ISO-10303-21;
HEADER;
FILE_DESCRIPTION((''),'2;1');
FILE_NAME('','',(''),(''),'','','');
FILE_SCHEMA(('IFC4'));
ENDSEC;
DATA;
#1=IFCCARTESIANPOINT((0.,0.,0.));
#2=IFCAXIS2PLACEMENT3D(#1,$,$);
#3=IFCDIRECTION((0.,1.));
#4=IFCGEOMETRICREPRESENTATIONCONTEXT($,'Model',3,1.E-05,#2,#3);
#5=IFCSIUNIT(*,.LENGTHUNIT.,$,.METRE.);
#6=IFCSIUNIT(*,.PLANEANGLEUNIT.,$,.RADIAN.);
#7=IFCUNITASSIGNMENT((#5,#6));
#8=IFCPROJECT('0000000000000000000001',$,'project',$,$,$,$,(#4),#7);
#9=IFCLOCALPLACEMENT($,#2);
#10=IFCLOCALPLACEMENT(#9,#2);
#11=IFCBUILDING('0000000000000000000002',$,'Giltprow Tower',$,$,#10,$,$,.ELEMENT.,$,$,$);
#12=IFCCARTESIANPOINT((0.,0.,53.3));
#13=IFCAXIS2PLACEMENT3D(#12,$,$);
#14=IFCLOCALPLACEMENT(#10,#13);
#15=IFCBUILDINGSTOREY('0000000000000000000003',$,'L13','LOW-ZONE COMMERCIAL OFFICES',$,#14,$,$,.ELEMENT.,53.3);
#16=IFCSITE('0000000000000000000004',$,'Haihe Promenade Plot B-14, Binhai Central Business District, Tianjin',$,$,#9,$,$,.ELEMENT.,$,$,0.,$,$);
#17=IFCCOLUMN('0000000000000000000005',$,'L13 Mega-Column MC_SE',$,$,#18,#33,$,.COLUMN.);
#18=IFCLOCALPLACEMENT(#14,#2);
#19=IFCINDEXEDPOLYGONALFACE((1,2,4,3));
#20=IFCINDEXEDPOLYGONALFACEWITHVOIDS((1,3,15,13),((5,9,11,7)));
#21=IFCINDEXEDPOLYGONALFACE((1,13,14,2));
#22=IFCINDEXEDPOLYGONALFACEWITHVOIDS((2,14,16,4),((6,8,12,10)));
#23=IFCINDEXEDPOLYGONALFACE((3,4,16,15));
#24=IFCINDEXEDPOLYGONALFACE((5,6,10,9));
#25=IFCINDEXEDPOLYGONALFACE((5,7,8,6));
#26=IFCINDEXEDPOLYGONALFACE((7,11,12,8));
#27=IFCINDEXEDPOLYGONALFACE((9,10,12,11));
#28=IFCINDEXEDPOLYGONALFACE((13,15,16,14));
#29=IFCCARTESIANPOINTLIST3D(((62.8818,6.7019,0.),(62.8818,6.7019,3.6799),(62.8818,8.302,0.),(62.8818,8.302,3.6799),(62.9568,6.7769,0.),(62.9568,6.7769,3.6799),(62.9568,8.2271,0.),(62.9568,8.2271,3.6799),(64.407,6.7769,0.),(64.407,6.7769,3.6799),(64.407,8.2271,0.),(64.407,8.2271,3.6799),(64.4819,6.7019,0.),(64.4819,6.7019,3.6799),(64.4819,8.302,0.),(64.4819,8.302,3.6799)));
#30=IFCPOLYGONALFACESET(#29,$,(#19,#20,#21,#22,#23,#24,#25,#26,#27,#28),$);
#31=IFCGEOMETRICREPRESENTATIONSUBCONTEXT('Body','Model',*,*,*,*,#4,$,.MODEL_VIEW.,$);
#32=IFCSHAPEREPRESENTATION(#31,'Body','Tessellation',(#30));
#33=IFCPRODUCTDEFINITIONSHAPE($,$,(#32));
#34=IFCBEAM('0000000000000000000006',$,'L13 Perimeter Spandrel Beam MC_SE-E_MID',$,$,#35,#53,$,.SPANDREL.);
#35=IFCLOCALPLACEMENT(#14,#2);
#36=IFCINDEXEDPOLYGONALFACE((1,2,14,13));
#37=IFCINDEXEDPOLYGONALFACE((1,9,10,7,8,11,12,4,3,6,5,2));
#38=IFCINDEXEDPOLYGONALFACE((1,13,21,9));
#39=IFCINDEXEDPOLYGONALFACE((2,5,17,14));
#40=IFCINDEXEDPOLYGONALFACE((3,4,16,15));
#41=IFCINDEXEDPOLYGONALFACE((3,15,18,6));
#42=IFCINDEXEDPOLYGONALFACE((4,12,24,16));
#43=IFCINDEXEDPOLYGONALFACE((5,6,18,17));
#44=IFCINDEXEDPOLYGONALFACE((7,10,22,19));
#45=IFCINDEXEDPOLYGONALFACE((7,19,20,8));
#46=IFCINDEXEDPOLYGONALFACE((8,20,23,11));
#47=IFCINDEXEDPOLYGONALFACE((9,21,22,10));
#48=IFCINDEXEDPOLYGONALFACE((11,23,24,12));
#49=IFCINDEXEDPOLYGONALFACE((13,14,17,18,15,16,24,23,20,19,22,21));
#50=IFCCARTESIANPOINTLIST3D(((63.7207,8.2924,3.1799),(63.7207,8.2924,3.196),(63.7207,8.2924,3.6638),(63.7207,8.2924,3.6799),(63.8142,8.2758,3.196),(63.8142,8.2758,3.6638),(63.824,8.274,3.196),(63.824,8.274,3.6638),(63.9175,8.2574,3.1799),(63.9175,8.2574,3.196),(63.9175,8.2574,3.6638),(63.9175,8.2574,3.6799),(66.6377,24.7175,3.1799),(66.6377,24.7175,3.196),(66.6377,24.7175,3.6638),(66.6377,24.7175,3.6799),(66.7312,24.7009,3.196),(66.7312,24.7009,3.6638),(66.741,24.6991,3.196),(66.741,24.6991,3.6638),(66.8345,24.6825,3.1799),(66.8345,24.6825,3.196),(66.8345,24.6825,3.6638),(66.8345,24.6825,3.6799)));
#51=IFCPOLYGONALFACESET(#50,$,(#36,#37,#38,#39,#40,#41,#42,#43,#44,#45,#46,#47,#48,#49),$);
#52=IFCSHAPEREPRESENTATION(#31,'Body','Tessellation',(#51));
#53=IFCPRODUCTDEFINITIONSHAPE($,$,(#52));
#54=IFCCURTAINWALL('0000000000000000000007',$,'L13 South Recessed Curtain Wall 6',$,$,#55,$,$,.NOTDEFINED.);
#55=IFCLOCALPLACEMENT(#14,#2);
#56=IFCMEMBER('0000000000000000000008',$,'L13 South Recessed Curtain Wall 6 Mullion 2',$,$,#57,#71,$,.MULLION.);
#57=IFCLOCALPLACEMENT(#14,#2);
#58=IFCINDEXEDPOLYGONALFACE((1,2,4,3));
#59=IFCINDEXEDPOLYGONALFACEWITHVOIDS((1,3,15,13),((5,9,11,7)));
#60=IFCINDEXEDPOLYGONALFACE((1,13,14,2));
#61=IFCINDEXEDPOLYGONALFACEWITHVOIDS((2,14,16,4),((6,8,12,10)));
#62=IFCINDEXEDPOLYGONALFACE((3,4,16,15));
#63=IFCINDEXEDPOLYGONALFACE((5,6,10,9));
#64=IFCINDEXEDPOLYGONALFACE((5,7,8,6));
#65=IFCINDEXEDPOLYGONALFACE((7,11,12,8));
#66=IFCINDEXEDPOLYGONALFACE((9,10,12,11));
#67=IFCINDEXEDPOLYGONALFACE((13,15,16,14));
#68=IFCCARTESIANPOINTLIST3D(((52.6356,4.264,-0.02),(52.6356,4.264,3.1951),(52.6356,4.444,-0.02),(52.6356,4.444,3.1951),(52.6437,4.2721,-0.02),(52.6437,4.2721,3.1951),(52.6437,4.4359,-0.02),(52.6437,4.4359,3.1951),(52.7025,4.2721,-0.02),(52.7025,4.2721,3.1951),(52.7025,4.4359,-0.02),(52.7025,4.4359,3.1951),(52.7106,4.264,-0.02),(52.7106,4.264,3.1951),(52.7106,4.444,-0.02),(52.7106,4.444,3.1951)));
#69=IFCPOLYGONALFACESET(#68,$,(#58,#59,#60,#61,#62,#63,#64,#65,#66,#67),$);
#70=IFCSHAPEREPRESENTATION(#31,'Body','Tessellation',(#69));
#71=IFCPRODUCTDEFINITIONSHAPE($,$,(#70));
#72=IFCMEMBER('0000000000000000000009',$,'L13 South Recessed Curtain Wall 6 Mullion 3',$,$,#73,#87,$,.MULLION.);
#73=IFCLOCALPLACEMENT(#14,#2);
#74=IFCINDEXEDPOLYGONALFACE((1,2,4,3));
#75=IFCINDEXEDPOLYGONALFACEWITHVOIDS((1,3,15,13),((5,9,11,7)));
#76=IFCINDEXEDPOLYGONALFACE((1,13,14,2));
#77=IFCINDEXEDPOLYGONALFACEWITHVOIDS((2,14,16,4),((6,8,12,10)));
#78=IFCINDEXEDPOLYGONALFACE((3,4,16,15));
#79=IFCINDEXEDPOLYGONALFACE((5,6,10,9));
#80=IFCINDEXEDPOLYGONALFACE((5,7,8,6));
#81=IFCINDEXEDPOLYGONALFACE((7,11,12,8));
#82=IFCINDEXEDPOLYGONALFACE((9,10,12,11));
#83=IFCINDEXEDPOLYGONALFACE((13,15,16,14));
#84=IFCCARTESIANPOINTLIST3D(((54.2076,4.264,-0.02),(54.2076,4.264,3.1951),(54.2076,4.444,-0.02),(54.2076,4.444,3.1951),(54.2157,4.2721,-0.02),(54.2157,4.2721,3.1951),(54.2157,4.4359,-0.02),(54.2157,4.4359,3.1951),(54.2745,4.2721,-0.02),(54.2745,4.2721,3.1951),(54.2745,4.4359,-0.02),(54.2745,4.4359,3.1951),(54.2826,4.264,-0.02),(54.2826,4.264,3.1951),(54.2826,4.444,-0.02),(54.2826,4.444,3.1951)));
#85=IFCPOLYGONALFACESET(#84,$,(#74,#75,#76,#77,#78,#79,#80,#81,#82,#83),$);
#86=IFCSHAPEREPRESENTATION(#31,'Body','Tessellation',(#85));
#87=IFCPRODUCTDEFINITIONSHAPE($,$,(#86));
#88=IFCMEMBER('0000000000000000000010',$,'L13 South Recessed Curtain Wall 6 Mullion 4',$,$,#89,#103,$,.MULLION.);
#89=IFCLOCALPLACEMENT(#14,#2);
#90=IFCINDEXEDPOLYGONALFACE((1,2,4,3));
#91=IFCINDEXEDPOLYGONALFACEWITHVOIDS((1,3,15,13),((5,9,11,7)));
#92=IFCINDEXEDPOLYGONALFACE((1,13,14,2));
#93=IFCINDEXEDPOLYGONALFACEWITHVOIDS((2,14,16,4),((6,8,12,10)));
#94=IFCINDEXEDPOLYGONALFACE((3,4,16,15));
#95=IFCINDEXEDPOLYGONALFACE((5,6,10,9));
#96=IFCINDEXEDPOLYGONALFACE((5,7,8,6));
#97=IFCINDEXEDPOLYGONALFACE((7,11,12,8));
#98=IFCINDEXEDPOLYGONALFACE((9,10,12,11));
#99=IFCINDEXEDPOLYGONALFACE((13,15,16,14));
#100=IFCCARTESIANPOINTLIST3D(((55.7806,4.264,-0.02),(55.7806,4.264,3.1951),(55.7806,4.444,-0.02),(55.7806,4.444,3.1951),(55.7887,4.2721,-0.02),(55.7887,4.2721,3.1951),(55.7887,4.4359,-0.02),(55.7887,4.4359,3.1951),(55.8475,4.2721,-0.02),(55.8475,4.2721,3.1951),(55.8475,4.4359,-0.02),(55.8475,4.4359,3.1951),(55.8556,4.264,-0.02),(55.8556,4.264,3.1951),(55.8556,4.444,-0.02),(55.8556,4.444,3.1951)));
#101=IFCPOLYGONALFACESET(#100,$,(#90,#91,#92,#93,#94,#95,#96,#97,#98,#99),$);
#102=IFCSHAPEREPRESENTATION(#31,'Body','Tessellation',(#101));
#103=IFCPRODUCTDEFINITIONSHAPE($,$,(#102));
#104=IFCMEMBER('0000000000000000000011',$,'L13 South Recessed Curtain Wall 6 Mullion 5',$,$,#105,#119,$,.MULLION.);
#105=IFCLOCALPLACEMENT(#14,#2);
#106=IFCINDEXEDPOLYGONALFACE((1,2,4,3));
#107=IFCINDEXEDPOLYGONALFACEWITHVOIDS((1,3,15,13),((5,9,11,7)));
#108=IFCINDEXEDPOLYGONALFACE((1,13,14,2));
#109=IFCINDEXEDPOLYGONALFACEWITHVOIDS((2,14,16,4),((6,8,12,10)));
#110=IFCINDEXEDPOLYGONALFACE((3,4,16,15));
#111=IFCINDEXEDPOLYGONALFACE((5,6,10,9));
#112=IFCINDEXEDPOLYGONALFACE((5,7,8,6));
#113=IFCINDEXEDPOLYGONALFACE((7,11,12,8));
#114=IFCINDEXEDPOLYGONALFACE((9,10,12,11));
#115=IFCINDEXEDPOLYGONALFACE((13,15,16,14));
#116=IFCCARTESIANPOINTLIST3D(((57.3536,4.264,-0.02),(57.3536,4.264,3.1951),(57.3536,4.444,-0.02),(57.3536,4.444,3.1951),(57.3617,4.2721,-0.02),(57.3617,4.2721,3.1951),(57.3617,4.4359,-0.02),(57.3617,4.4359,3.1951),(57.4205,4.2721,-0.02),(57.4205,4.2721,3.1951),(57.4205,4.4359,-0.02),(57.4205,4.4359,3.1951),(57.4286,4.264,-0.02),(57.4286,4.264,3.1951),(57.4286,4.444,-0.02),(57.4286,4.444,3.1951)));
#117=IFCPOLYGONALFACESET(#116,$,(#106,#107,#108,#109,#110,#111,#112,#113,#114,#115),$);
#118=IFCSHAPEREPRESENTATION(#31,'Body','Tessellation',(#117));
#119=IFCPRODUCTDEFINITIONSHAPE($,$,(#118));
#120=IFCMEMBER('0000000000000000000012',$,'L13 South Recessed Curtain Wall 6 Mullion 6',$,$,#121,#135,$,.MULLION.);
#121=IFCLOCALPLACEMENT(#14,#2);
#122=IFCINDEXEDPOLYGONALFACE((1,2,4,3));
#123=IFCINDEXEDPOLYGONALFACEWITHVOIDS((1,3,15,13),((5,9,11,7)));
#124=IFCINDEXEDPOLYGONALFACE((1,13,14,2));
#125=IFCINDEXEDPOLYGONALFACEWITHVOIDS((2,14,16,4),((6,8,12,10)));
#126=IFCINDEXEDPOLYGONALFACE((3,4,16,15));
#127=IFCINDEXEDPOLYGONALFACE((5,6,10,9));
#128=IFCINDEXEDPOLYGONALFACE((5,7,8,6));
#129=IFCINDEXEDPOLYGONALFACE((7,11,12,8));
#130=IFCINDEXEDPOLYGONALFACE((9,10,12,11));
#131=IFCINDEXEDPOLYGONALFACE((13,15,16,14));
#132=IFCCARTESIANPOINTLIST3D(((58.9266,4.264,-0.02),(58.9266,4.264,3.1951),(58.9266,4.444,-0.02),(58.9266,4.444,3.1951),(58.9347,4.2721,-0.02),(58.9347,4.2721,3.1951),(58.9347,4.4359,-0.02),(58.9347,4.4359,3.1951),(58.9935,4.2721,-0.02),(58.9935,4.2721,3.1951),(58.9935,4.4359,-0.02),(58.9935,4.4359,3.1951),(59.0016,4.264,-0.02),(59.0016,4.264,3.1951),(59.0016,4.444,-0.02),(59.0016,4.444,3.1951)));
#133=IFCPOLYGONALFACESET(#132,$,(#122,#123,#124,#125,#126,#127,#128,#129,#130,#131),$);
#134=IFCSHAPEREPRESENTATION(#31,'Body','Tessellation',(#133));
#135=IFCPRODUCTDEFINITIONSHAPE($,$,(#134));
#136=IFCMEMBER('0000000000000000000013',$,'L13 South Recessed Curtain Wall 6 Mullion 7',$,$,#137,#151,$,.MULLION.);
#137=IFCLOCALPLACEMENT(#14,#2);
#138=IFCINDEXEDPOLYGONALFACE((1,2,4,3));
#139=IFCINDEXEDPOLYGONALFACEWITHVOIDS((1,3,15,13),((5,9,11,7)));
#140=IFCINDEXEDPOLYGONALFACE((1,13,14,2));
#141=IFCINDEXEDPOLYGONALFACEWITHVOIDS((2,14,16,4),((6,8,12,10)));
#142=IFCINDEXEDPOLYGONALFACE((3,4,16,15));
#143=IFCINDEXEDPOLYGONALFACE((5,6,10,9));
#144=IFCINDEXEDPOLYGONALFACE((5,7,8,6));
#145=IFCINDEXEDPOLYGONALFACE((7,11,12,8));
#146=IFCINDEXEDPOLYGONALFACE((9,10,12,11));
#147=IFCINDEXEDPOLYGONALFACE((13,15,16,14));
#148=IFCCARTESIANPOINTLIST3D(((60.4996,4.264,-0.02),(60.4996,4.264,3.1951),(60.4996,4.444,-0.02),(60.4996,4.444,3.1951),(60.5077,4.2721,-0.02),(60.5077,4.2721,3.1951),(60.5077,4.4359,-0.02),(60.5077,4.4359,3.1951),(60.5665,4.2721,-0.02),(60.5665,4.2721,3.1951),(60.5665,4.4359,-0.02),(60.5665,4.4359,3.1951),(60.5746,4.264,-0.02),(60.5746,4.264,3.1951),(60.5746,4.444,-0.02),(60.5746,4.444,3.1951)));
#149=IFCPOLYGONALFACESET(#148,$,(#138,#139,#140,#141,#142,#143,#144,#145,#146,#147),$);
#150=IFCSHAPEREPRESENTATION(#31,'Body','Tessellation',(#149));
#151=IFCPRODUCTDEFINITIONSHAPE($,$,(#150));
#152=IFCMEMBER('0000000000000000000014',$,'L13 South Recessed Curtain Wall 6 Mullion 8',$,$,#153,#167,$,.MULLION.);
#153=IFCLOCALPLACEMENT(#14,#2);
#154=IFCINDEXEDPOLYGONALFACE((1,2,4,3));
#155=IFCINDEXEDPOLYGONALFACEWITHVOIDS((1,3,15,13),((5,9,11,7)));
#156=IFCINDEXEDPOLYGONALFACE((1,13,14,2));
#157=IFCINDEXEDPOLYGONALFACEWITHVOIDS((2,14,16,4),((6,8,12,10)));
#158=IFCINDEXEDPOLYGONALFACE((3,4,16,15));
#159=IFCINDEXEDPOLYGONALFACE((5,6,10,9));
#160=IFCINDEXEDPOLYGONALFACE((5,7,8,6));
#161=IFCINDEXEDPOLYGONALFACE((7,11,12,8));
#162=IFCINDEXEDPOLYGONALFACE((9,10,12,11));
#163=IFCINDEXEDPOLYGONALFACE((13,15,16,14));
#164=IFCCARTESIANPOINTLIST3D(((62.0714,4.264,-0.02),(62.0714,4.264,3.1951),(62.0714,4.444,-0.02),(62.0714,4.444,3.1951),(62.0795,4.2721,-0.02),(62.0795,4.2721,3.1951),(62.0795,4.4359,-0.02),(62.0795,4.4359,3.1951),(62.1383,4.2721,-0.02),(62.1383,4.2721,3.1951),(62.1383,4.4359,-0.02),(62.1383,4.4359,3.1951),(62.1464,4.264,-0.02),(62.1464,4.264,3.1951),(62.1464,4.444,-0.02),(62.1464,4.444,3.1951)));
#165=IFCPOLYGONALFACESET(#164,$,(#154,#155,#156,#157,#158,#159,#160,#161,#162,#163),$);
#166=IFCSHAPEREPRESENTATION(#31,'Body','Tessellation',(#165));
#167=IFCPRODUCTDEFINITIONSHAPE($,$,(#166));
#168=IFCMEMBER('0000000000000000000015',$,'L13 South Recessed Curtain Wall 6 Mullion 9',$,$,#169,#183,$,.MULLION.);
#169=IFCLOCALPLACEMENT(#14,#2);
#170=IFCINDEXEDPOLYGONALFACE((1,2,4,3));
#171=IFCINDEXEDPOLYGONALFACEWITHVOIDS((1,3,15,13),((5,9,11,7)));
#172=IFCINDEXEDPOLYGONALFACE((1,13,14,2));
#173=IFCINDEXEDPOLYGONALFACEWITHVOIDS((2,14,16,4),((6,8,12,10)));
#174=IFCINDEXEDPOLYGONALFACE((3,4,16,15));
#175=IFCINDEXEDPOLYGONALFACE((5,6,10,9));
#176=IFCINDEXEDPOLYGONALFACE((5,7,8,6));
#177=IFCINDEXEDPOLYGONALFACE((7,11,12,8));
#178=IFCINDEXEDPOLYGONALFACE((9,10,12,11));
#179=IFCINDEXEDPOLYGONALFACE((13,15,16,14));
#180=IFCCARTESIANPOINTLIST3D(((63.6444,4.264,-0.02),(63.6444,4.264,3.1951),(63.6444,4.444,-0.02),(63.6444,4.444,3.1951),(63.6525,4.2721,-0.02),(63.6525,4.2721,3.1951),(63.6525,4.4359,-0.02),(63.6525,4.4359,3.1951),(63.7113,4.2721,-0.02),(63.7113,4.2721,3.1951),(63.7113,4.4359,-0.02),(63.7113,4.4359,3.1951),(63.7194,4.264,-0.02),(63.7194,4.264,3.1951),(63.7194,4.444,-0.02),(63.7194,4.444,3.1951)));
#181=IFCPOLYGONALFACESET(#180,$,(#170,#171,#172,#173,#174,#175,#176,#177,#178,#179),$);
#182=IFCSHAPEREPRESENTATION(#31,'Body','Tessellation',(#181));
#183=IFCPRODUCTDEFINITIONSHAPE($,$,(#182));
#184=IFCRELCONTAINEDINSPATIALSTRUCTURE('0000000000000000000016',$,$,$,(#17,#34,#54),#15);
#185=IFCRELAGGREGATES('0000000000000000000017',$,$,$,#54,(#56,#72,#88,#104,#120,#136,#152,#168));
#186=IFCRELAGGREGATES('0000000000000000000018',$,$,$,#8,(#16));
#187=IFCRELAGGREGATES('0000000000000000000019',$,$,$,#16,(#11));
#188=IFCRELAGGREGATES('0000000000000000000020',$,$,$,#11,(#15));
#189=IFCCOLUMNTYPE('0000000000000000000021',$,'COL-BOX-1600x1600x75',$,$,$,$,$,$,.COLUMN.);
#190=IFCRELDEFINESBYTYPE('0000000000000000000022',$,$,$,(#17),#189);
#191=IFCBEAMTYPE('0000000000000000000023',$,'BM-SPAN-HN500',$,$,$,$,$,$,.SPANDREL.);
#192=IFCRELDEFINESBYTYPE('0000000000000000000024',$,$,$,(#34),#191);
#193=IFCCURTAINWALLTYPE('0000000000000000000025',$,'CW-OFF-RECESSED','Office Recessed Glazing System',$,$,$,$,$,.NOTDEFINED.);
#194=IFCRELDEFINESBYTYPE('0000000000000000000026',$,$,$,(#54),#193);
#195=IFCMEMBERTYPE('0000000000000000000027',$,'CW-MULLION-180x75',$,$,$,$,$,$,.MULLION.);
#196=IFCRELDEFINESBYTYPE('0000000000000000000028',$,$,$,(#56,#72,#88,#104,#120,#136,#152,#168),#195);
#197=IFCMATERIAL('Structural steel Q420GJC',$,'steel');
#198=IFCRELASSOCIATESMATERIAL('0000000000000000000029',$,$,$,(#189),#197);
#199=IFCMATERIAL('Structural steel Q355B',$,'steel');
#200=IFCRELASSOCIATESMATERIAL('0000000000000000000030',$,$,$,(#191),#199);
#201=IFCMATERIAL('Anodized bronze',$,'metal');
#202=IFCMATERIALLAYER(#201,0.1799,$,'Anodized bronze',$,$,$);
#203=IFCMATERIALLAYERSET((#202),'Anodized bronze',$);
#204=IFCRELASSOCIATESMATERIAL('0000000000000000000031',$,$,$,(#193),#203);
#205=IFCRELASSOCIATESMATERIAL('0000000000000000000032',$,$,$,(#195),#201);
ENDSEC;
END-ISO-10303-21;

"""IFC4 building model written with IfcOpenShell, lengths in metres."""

from ifc_helpers import new_model, si_unit, direction, frame, origin, origin_2d, place, context, subcontext, project, spatial, hollow_rectangle, i_section, extrude, source, transform, mapped, material, layer, layer_set, material_profile, profile_set, type_object, element, aggregate, save


model = new_model("IFC4")

# Units and contexts
model_context = context("Model", 3, precision=1e-05, world=origin(), true_north=direction((0.0, 1.0)))
body_context = subcontext(model_context, "Body", "Model", "MODEL_VIEW")
ifc_project = project(units=[si_unit("LENGTHUNIT", "METRE"), si_unit("PLANEANGLEUNIT", "RADIAN")], contexts=[model_context])

# Site, building, storey
site_placement = place(None, origin())
site = spatial("IfcSite", under=ifc_project, at=site_placement, Name="Haihe Promenade Plot B-14, Binhai Central Business District, Tianjin", CompositionType="ELEMENT", RefElevation=0.0)
building_placement = place(site_placement, origin())
building = spatial("IfcBuilding", under=site, at=building_placement, Name="Giltprow Tower", CompositionType="ELEMENT")
storey_placement = place(building_placement, frame((0.0, 0.0, 53.3)))
storey = spatial("IfcBuildingStorey", under=building, at=storey_placement, Name="L13", Description="LOW-ZONE COMMERCIAL OFFICES", CompositionType="ELEMENT", Elevation=53.3)

# Column
ifc_material_1 = material(Name="Structural steel Q420GJC", Category="steel")
ifc_material_profile_1 = material_profile(ifc_material_1, hollow_rectangle(XDim=1.6001, YDim=1.6001, WallThickness=0.075, at=origin_2d()), Name="BOX 1600x1600x75")
ifc_profile_set_1 = profile_set([ifc_material_profile_1], Name="Structural steel Q420GJC")
column_type = type_object("IfcColumnType", Name="COL-BOX-1600x1600x75", PredefinedType="COLUMN", material=ifc_profile_set_1)
shared_shape_1 = source(origin(), body_context, "Body", "SweptSolid", [
    extrude(hollow_rectangle(XDim=1.6001, YDim=1.6001, WallThickness=0.075, at=origin_2d()), origin(), (0.0, 0.0, 1.0), 3.6799),
])
column_placement = place(storey_placement, frame((63.6819, 7.502, 0.0), z_axis=(0.0, 0.0, 1.0), x_axis=(1.0, 0.0, 0.0)))
element("IfcColumn", 1, at=column_placement, inside=storey, type_object=column_type, Name="L13 Mega-Column MC_SE", PredefinedType="COLUMN", context=body_context, shape_type="MappedRepresentation", body=[
    mapped(shared_shape_1, transform((0.0, 0.0, 0.0), x_axis=(1.0, 0.0, 0.0), y_axis=(0.0, 1.0, 0.0), z_axis=(0.0, 0.0, 1.0), scale=1.0)),
])

# Beam
ifc_material_2 = material(Name="Structural steel Q355B", Category="steel")
ifc_material_profile_2 = material_profile(ifc_material_2, i_section(OverallWidth=0.2, OverallDepth=0.5, WebThickness=0.01, FlangeThickness=0.0161, at=origin_2d()), Name="HN 500x200x10x16")
ifc_profile_set_2 = profile_set([ifc_material_profile_2], Name="Structural steel Q355B")
beam_type = type_object("IfcBeamType", Name="BM-SPAN-HN500", PredefinedType="SPANDREL", material=ifc_profile_set_2)
shared_shape_2 = source(origin(), body_context, "Body", "SweptSolid", [
    extrude(i_section(OverallWidth=0.2, OverallDepth=0.5, WebThickness=0.01, FlangeThickness=0.0161, at=origin_2d()), origin(), (0.0, 0.0, 1.0), 16.6821),
])
beam_placement = place(storey_placement, frame((63.8191, 8.2749, 3.4299), z_axis=(0.174858, 0.984594, 0.0), x_axis=(-0.984594, 0.174858, 0.0)))
element("IfcBeam", 2, at=beam_placement, inside=storey, type_object=beam_type, Name="L13 Perimeter Spandrel Beam MC_SE-E_MID", PredefinedType="SPANDREL", context=body_context, shape_type="MappedRepresentation", body=[
    mapped(shared_shape_2, transform((0.0, 0.0, 0.0), x_axis=(1.0, 0.0, 0.0), y_axis=(0.0, 1.0, 0.0), z_axis=(0.0, 0.0, 1.0), scale=1.0)),
])

# Curtain wall, members
ifc_material_3 = material(Name="Anodized bronze", Category="metal")
ifc_layer_1 = layer(ifc_material_3, 0.1799, Name="Anodized bronze")
ifc_layer_set_1 = layer_set([ifc_layer_1], Name="Anodized bronze")
curtain_wall_type = type_object("IfcCurtainWallType", Name="CW-OFF-RECESSED", Description="Office Recessed Glazing System", PredefinedType="NOTDEFINED", material=ifc_layer_set_1)
curtain_wall_placement = place(storey_placement, origin())
curtain_wall = element("IfcCurtainWall", 3, at=curtain_wall_placement, inside=storey, type_object=curtain_wall_type, Name="L13 South Recessed Curtain Wall 6", PredefinedType="NOTDEFINED")
ifc_material_profile_3 = material_profile(ifc_material_3, hollow_rectangle(XDim=0.075, YDim=0.1799, WallThickness=0.0081, at=origin_2d()), Name="RHS 180x75x8")
ifc_profile_set_3 = profile_set([ifc_material_profile_3], Name="Anodized bronze")
member_type = type_object("IfcMemberType", Name="CW-MULLION-180x75", PredefinedType="MULLION", material=ifc_profile_set_3)
shared_shape_3 = source(origin(), body_context, "Body", "SweptSolid", [
    extrude(hollow_rectangle(XDim=0.075, YDim=0.1799, WallThickness=0.0081, at=origin_2d()), origin(), (0.0, 0.0, 1.0), 3.2151),
])
member_1_placement = place(storey_placement, frame((52.6731, 4.354, -0.02), z_axis=(0.0, 0.0, 1.0), x_axis=(1.0, 0.0, 0.0)))
member_1 = element("IfcMember", 4, at=member_1_placement, type_object=member_type, Name="L13 South Recessed Curtain Wall 6 Mullion 2", PredefinedType="MULLION", context=body_context, shape_type="MappedRepresentation", body=[
    mapped(shared_shape_3, transform((0.0, 0.0, 0.0), x_axis=(1.0, 0.0, 0.0), y_axis=(0.0, 1.0, 0.0), z_axis=(0.0, 0.0, 1.0), scale=1.0)),
])
member_2_placement = place(storey_placement, frame((54.2451, 4.354, -0.02), z_axis=(0.0, 0.0, 1.0), x_axis=(1.0, 0.0, 0.0)))
member_2 = element("IfcMember", 5, at=member_2_placement, type_object=member_type, Name="L13 South Recessed Curtain Wall 6 Mullion 3", PredefinedType="MULLION", context=body_context, shape_type="MappedRepresentation", body=[
    mapped(shared_shape_3, transform((0.0, 0.0, 0.0), x_axis=(1.0, 0.0, 0.0), y_axis=(0.0, 1.0, 0.0), z_axis=(0.0, 0.0, 1.0), scale=1.0)),
])
member_3_placement = place(storey_placement, frame((55.8181, 4.354, -0.02), z_axis=(0.0, 0.0, 1.0), x_axis=(1.0, 0.0, 0.0)))
member_3 = element("IfcMember", 6, at=member_3_placement, type_object=member_type, Name="L13 South Recessed Curtain Wall 6 Mullion 4", PredefinedType="MULLION", context=body_context, shape_type="MappedRepresentation", body=[
    mapped(shared_shape_3, transform((0.0, 0.0, 0.0), x_axis=(1.0, 0.0, 0.0), y_axis=(0.0, 1.0, 0.0), z_axis=(0.0, 0.0, 1.0), scale=1.0)),
])
member_4_placement = place(storey_placement, frame((57.3911, 4.354, -0.02), z_axis=(0.0, 0.0, 1.0), x_axis=(1.0, 0.0, 0.0)))
member_4 = element("IfcMember", 7, at=member_4_placement, type_object=member_type, Name="L13 South Recessed Curtain Wall 6 Mullion 5", PredefinedType="MULLION", context=body_context, shape_type="MappedRepresentation", body=[
    mapped(shared_shape_3, transform((0.0, 0.0, 0.0), x_axis=(1.0, 0.0, 0.0), y_axis=(0.0, 1.0, 0.0), z_axis=(0.0, 0.0, 1.0), scale=1.0)),
])
member_5_placement = place(storey_placement, frame((58.9641, 4.354, -0.02), z_axis=(0.0, 0.0, 1.0), x_axis=(1.0, 0.0, 0.0)))
member_5 = element("IfcMember", 8, at=member_5_placement, type_object=member_type, Name="L13 South Recessed Curtain Wall 6 Mullion 6", PredefinedType="MULLION", context=body_context, shape_type="MappedRepresentation", body=[
    mapped(shared_shape_3, transform((0.0, 0.0, 0.0), x_axis=(1.0, 0.0, 0.0), y_axis=(0.0, 1.0, 0.0), z_axis=(0.0, 0.0, 1.0), scale=1.0)),
])
member_6_placement = place(storey_placement, frame((60.5371, 4.354, -0.02), z_axis=(0.0, 0.0, 1.0), x_axis=(1.0, 0.0, 0.0)))
member_6 = element("IfcMember", 9, at=member_6_placement, type_object=member_type, Name="L13 South Recessed Curtain Wall 6 Mullion 7", PredefinedType="MULLION", context=body_context, shape_type="MappedRepresentation", body=[
    mapped(shared_shape_3, transform((0.0, 0.0, 0.0), x_axis=(1.0, 0.0, 0.0), y_axis=(0.0, 1.0, 0.0), z_axis=(0.0, 0.0, 1.0), scale=1.0)),
])
member_7_placement = place(storey_placement, frame((62.1089, 4.354, -0.02), z_axis=(0.0, 0.0, 1.0), x_axis=(1.0, 0.0, 0.0)))
member_7 = element("IfcMember", 10, at=member_7_placement, type_object=member_type, Name="L13 South Recessed Curtain Wall 6 Mullion 8", PredefinedType="MULLION", context=body_context, shape_type="MappedRepresentation", body=[
    mapped(shared_shape_3, transform((0.0, 0.0, 0.0), x_axis=(1.0, 0.0, 0.0), y_axis=(0.0, 1.0, 0.0), z_axis=(0.0, 0.0, 1.0), scale=1.0)),
])
member_8_placement = place(storey_placement, frame((63.6819, 4.354, -0.02), z_axis=(0.0, 0.0, 1.0), x_axis=(1.0, 0.0, 0.0)))
member_8 = element("IfcMember", 11, at=member_8_placement, type_object=member_type, Name="L13 South Recessed Curtain Wall 6 Mullion 9", PredefinedType="MULLION", context=body_context, shape_type="MappedRepresentation", body=[
    mapped(shared_shape_3, transform((0.0, 0.0, 0.0), x_axis=(1.0, 0.0, 0.0), y_axis=(0.0, 1.0, 0.0), z_axis=(0.0, 0.0, 1.0), scale=1.0)),
])
aggregate(curtain_wall, [member_1, member_2, member_3, member_4, member_5, member_6, member_7, member_8])

save(model, "model.ifc")
